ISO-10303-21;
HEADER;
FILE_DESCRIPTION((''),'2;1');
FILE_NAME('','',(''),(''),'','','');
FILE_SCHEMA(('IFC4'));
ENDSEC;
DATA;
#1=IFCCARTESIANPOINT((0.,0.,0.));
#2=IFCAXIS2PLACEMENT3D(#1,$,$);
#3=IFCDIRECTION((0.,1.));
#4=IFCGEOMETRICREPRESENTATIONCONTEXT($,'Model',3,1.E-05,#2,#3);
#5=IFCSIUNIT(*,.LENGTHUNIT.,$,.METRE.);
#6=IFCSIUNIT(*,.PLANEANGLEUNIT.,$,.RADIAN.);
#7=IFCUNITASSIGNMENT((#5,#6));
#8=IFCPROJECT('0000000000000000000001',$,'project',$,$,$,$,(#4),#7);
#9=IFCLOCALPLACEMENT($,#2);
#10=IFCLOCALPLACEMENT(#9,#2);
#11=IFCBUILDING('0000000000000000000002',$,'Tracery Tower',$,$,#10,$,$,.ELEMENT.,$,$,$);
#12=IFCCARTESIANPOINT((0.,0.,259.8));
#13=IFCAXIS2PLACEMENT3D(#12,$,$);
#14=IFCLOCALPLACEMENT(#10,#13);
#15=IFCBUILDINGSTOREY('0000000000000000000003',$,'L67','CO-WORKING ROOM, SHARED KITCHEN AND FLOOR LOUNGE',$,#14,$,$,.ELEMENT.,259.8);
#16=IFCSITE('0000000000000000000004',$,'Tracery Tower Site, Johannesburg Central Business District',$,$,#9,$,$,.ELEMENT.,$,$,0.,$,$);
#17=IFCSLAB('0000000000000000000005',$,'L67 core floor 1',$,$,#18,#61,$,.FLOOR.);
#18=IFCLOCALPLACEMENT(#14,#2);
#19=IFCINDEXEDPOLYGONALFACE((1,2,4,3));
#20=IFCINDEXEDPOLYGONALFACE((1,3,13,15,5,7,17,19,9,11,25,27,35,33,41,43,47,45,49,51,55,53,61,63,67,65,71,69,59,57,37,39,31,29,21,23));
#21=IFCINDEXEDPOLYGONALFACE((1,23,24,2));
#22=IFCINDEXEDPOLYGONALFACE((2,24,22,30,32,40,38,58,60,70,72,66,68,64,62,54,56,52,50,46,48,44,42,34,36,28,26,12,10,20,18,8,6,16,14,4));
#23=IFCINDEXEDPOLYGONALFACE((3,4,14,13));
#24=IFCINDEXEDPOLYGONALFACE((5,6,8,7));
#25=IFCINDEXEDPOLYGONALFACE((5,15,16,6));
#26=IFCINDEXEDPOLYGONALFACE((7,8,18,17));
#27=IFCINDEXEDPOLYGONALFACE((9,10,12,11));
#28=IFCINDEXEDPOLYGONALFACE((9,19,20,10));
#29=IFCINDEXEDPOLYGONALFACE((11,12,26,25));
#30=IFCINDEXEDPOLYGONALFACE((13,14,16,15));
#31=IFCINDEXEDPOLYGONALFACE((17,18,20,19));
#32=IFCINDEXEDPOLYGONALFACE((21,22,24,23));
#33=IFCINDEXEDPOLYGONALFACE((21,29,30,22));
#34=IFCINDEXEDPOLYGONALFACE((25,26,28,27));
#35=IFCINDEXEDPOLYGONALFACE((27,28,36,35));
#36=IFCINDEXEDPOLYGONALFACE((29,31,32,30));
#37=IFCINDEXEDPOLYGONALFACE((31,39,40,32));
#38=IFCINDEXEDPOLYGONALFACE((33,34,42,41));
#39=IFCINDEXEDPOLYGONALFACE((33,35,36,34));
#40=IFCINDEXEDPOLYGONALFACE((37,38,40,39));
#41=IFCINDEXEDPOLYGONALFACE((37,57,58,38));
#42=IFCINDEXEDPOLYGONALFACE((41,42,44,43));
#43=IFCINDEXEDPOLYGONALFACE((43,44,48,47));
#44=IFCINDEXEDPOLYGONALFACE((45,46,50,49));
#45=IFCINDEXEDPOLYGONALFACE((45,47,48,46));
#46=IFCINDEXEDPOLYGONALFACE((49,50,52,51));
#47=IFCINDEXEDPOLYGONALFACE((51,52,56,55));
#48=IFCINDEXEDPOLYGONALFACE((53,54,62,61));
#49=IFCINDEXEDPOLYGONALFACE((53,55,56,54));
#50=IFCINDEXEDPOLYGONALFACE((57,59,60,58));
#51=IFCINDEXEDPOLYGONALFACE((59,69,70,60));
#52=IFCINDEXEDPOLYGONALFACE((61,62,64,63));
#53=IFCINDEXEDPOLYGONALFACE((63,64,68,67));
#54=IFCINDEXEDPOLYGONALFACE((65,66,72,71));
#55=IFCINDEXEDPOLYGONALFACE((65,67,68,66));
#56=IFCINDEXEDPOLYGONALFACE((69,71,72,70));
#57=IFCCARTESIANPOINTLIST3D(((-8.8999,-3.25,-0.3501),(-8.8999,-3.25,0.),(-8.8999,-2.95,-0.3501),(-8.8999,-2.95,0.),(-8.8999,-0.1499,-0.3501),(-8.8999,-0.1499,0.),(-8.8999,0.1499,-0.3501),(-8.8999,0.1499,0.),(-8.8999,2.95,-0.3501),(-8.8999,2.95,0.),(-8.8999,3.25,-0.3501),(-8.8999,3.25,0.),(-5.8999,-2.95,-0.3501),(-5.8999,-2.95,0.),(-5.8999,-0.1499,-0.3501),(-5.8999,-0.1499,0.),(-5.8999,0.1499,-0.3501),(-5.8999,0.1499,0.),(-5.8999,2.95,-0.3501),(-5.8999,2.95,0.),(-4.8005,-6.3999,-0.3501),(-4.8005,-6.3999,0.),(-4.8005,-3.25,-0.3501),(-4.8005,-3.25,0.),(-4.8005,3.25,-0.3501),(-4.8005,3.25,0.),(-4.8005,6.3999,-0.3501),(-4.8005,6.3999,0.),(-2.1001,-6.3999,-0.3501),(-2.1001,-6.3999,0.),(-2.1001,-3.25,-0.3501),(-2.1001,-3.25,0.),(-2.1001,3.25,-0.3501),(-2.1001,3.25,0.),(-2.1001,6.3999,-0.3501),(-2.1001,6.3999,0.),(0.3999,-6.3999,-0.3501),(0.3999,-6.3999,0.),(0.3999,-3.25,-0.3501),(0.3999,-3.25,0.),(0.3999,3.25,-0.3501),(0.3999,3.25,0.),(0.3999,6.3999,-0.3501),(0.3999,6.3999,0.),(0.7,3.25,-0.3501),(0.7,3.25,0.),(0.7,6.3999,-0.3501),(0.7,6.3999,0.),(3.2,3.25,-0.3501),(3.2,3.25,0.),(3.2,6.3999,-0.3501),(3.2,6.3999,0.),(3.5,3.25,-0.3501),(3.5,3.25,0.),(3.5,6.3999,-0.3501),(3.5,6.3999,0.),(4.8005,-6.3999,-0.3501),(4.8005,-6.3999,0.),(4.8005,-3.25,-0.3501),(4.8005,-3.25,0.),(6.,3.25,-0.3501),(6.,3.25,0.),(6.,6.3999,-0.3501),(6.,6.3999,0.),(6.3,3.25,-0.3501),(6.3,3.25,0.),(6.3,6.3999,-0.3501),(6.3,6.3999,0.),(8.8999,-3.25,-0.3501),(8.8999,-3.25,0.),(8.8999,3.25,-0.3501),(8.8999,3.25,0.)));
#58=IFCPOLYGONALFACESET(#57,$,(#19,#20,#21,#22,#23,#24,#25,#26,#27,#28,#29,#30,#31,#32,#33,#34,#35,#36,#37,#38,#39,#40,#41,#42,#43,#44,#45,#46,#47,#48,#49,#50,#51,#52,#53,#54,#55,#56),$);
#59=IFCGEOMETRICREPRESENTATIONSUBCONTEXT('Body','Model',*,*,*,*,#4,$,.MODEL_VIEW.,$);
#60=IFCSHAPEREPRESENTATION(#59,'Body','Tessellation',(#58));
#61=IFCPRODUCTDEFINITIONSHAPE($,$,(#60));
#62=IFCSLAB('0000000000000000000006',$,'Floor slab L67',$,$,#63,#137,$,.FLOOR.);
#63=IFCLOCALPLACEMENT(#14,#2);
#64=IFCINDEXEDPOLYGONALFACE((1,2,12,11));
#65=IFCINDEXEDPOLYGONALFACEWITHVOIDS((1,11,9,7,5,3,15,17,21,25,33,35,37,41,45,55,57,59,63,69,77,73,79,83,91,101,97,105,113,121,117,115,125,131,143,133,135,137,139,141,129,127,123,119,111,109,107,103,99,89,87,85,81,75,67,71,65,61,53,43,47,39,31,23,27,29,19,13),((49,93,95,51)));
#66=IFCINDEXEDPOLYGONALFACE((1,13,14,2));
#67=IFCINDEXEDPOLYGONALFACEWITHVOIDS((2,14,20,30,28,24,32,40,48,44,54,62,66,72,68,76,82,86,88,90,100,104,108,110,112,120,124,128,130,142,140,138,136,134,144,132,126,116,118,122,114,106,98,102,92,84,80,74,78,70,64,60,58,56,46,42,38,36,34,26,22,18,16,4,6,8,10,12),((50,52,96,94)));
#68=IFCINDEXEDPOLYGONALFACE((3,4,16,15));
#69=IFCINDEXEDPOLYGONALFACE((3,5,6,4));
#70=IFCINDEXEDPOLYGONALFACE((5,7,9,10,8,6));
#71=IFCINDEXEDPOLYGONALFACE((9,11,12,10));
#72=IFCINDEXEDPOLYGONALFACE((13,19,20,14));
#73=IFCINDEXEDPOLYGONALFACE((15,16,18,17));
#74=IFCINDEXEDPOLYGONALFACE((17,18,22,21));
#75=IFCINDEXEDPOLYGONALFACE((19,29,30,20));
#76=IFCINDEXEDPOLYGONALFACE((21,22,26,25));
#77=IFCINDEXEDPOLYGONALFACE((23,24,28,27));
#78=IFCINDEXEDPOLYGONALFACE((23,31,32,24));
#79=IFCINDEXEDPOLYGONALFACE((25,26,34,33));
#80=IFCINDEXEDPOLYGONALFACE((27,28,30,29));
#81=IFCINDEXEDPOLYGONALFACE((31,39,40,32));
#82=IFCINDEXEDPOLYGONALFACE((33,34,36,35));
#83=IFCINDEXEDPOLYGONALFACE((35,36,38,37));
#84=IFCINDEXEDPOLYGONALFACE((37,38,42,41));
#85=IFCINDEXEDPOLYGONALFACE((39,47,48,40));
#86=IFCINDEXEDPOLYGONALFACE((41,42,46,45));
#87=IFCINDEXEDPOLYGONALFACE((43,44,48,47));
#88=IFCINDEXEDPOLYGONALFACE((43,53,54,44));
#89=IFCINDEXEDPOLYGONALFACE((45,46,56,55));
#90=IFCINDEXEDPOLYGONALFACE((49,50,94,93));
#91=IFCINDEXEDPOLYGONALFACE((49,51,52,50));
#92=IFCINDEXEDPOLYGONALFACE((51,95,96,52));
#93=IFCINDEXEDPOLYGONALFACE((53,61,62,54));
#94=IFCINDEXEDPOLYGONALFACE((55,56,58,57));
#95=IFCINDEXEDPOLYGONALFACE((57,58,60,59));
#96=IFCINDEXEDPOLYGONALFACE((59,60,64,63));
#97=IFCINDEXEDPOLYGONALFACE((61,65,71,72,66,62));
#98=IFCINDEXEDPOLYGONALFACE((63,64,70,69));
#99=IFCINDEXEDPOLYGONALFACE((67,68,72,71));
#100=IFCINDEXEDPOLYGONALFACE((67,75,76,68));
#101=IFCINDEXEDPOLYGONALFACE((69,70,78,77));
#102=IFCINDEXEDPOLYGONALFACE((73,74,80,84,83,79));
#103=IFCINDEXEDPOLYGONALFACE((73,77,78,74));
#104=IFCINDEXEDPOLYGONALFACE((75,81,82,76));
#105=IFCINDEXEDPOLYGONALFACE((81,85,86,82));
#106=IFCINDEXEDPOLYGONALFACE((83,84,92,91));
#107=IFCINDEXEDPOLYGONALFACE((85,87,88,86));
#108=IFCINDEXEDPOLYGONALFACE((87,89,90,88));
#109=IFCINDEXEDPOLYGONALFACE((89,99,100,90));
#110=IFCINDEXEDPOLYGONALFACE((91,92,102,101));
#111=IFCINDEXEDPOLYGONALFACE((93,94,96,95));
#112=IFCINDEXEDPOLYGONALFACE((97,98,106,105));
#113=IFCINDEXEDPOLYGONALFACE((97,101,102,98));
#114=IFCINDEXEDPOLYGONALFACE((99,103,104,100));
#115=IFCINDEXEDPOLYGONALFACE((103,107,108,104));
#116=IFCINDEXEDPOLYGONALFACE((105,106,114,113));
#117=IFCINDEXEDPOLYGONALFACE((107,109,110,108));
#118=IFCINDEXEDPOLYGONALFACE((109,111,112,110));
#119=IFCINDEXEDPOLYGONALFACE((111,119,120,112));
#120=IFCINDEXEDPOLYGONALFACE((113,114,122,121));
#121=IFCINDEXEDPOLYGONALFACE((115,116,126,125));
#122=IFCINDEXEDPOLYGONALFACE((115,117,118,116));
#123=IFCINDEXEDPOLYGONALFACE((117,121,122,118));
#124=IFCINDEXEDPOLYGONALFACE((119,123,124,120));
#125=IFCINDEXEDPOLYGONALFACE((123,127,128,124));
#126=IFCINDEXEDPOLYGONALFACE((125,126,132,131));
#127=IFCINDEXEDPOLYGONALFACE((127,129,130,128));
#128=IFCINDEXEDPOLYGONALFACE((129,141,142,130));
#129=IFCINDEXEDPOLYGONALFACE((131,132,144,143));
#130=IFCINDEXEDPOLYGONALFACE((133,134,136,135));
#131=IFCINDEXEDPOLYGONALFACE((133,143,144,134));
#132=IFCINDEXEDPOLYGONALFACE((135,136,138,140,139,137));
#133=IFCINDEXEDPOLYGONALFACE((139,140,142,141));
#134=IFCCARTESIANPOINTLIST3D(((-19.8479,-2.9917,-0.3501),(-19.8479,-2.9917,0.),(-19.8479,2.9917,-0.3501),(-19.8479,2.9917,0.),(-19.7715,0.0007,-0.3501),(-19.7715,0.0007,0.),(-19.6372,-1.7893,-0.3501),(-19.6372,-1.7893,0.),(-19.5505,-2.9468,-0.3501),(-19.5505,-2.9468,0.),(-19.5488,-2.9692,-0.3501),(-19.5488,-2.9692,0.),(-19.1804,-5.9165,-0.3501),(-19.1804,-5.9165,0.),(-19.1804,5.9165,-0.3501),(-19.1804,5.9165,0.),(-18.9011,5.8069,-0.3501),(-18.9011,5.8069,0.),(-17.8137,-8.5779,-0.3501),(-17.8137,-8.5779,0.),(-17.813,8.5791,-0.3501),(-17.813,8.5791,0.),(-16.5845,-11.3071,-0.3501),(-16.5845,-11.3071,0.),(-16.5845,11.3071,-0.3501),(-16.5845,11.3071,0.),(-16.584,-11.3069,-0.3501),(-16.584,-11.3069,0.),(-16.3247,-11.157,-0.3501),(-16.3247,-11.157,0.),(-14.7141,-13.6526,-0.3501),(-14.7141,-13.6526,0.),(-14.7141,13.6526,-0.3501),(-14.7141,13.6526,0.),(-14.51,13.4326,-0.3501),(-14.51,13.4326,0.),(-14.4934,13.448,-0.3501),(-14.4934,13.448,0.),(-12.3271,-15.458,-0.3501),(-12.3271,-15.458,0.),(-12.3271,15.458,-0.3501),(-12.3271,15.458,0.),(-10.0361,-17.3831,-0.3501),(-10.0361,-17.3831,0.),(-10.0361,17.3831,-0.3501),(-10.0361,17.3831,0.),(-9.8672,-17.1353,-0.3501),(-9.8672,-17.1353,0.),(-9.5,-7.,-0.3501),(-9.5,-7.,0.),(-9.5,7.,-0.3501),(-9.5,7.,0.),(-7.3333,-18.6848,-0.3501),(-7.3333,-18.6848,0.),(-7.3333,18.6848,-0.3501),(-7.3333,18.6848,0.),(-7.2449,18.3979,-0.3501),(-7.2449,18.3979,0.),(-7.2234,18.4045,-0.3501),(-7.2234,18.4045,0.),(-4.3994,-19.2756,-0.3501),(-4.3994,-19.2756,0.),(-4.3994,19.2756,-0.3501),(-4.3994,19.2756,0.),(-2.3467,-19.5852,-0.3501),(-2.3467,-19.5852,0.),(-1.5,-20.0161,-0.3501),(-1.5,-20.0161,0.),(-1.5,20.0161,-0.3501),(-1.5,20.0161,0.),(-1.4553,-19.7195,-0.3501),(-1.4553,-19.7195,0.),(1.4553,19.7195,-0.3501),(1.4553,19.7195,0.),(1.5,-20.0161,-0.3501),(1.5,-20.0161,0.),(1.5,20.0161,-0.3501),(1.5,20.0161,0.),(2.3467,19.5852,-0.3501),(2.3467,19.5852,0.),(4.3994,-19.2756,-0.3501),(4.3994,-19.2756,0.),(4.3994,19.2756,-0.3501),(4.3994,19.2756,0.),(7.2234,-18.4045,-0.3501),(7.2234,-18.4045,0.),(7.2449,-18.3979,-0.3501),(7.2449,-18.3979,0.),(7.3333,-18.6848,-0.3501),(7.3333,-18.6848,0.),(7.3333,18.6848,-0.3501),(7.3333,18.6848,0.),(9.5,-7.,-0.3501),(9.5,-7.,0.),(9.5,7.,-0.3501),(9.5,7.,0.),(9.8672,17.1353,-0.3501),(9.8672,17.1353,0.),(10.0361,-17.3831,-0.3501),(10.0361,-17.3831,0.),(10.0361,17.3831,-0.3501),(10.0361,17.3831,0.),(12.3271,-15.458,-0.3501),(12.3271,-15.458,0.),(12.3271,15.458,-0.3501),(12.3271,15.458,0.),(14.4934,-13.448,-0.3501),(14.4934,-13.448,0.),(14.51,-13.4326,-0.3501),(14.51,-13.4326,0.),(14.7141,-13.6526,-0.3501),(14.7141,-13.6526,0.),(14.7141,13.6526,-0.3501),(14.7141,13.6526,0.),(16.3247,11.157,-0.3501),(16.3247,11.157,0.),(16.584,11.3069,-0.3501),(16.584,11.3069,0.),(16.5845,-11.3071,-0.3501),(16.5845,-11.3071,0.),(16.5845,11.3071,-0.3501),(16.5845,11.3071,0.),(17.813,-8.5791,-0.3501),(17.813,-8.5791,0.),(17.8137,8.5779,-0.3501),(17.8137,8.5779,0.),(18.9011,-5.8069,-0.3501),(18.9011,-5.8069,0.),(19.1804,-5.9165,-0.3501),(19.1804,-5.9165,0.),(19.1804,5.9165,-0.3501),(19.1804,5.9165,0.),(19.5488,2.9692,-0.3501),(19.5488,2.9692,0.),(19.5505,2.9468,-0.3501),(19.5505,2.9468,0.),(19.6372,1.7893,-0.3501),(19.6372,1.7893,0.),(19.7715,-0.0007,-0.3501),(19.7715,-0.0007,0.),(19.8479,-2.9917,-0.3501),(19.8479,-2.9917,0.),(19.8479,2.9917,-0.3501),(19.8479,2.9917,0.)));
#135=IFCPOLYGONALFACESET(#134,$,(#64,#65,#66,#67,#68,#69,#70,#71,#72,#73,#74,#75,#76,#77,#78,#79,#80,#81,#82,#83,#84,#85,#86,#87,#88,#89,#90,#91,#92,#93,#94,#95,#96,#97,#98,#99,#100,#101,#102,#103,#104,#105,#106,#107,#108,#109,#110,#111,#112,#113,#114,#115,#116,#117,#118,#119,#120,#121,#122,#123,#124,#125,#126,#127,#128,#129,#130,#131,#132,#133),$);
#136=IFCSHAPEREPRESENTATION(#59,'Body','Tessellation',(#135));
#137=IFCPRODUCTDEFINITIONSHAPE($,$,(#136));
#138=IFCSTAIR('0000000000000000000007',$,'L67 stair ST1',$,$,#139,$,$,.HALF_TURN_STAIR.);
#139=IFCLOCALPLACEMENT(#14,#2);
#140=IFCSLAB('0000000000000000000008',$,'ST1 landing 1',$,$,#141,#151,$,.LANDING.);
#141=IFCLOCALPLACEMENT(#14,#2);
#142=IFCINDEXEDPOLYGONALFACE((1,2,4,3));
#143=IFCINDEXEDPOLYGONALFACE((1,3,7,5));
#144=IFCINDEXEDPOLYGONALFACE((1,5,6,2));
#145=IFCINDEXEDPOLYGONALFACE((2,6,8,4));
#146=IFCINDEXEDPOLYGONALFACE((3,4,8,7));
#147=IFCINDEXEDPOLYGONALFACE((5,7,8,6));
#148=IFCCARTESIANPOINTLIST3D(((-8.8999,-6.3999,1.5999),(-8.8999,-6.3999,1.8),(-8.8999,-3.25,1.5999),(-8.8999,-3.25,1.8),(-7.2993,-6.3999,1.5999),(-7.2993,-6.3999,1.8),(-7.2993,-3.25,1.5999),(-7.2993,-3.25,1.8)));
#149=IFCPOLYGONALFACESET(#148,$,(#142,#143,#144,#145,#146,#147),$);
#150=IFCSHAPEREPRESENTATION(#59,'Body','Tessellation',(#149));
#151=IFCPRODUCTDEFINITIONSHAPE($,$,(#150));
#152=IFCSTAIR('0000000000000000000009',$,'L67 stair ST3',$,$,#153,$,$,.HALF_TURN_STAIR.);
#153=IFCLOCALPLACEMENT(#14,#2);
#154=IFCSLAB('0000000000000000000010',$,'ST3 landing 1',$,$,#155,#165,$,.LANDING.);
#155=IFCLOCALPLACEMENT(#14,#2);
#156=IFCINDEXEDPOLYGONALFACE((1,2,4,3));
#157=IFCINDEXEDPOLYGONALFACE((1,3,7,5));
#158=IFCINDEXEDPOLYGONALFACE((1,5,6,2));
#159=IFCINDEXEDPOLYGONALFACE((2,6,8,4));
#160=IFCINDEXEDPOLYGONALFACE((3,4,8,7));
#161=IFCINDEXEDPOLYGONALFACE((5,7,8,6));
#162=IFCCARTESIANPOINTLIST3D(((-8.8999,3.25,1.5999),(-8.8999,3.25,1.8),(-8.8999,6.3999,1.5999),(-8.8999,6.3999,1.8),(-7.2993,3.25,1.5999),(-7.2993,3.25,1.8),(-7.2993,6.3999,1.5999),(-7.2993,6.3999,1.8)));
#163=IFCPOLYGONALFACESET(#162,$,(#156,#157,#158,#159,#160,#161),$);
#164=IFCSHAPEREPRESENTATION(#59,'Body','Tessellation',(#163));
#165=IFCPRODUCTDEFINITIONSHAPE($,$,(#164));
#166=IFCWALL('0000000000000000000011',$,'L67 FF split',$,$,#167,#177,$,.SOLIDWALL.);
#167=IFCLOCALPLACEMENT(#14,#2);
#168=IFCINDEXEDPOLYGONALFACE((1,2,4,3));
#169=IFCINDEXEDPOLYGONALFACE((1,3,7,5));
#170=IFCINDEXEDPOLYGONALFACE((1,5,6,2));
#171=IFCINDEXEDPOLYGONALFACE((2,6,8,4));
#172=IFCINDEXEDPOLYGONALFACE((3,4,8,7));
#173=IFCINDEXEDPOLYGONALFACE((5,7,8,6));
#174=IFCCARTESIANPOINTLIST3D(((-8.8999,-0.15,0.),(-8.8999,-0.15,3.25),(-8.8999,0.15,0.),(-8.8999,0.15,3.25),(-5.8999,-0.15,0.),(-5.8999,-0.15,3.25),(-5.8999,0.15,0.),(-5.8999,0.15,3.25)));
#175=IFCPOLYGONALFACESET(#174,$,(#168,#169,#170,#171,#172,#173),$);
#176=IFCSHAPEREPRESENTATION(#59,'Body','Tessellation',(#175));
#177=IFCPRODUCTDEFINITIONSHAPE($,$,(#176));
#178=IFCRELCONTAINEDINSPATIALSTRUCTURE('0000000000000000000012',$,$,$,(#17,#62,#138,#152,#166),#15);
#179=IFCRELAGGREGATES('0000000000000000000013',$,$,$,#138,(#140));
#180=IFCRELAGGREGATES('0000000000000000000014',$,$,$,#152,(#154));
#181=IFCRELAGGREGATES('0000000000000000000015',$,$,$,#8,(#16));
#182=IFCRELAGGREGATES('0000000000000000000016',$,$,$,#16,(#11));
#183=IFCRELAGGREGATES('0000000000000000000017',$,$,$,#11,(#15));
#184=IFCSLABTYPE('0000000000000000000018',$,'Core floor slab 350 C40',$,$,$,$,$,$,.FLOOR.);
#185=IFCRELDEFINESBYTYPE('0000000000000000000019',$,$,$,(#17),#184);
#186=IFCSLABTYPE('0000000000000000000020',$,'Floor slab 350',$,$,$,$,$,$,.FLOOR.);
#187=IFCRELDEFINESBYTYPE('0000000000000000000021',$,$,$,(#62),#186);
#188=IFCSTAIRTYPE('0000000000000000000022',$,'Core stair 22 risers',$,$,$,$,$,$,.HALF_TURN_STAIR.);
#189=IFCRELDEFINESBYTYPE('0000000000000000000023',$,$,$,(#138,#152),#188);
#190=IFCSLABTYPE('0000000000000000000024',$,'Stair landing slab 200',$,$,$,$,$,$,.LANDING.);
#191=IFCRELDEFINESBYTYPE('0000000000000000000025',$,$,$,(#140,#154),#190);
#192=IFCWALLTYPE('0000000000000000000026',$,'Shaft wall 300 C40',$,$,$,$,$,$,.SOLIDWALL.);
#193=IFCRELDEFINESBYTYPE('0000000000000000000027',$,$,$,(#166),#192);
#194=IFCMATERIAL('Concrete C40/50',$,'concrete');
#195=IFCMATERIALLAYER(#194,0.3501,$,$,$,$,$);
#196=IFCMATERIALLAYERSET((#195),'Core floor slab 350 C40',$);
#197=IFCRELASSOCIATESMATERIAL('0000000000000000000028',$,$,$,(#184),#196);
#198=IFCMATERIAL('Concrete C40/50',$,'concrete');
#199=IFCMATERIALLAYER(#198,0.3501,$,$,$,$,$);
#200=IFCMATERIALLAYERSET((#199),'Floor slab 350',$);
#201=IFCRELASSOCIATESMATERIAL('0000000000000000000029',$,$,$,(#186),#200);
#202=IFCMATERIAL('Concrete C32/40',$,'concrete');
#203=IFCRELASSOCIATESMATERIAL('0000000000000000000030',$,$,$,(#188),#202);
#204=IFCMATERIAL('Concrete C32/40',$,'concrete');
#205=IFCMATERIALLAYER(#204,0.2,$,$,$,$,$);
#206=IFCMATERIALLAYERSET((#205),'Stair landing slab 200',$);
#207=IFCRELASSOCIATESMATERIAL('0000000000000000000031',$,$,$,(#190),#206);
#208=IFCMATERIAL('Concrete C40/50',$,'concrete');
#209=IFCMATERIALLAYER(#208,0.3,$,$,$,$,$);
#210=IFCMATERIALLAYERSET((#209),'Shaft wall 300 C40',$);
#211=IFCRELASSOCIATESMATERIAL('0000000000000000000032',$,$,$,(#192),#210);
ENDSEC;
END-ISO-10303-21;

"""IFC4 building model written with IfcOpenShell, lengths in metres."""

from ifc_helpers import new_model, si_unit, direction, frame, frame_2d, origin, place, context, subcontext, project, spatial, polyline, rectangle, outline, extrude, material, layer, layer_set, type_object, element, aggregate, save


model = new_model("IFC4")

# Units and contexts
model_context = context("Model", 3, precision=1e-05, world=origin(), true_north=direction((0.0, 1.0)))
body_context = subcontext(model_context, "Body", "Model", "MODEL_VIEW")
ifc_project = project(units=[si_unit("LENGTHUNIT", "METRE"), si_unit("PLANEANGLEUNIT", "RADIAN")], contexts=[model_context])

# Site, building, storey
site_placement = place(None, origin())
site = spatial("IfcSite", under=ifc_project, at=site_placement, Name="Tracery Tower Site, Johannesburg Central Business District", CompositionType="ELEMENT", RefElevation=0.0)
building_placement = place(site_placement, origin())
building = spatial("IfcBuilding", under=site, at=building_placement, Name="Tracery Tower", CompositionType="ELEMENT")
storey_placement = place(building_placement, frame((0.0, 0.0, 259.8)))
storey = spatial("IfcBuildingStorey", under=building, at=storey_placement, Name="L67", Description="CO-WORKING ROOM, SHARED KITCHEN AND FLOOR LOUNGE", CompositionType="ELEMENT", Elevation=259.8)

# Slabs
ifc_material_1 = material(Name="Concrete C40/50", Category="concrete")
ifc_layer_1 = layer(ifc_material_1, 0.3501)
ifc_layer_set_1 = layer_set([ifc_layer_1], Name="Core floor slab 350 C40")
slab_type_1 = type_object("IfcSlabType", Name="Core floor slab 350 C40", PredefinedType="FLOOR", material=ifc_layer_set_1)
slab_1_placement = place(storey_placement, frame((0.0, 0.0, -0.3501)))
element("IfcSlab", 1, at=slab_1_placement, inside=storey, type_object=slab_type_1, Name="L67 core floor 1", PredefinedType="FLOOR", context=body_context, shape_type="SweptSolid", body=[
    extrude(outline(polyline([(-4.8005, -3.25), (-8.8999, -3.25), (-8.8999, -2.95), (-5.8999, -2.95), (-5.8999, -0.1499), (-8.8999, -0.1499), (-8.8999, 0.1499), (-5.8999, 0.1499), (-5.8999, 2.95), (-8.8999, 2.95), (-8.8999, 3.25), (-4.8005, 3.25), (-4.8005, 6.3999), (-2.1001, 6.3999), (-2.1001, 3.25), (0.3999, 3.25), (0.3999, 6.3999), (0.7, 6.3999), (0.7, 3.25), (3.2, 3.25), (3.2, 6.3999), (3.5, 6.3999), (3.5, 3.25), (6.0, 3.25), (6.0, 6.3999), (6.3, 6.3999), (6.3, 3.25), (8.8999, 3.25), (8.8999, -3.25), (4.8005, -3.25), (4.8005, -6.3999), (0.3999, -6.3999), (0.3999, -3.25), (-2.1001, -3.25), (-2.1001, -6.3999), (-4.8005, -6.3999), (-4.8005, -3.25)])), origin(), (0.0, 0.0, 1.0), 0.3501),
])
ifc_material_2 = material(Name="Concrete C40/50", Category="concrete")
ifc_layer_2 = layer(ifc_material_2, 0.3501)
ifc_layer_set_2 = layer_set([ifc_layer_2], Name="Floor slab 350")
slab_type_2 = type_object("IfcSlabType", Name="Floor slab 350", PredefinedType="FLOOR", material=ifc_layer_set_2)
slab_2_placement = place(storey_placement, frame((0.0, 0.0, -0.3501)))
element("IfcSlab", 2, at=slab_2_placement, inside=storey, type_object=slab_type_2, Name="Floor slab L67", PredefinedType="FLOOR", context=body_context, shape_type="SweptSolid", body=[
    extrude(outline(polyline([(19.5505, 2.9468), (19.5488, 2.9692), (19.8479, 2.9917), (19.1804, 5.9165), (17.8137, 8.5779), (16.3247, 11.157), (16.584, 11.3069), (16.5845, 11.3071), (14.7141, 13.6526), (12.3271, 15.458), (9.8672, 17.1353), (10.0361, 17.3831), (7.3333, 18.6848), (4.3994, 19.2756), (2.3467, 19.5852), (1.4553, 19.7195), (1.5, 20.0161), (1.5, 20.0161), (-1.5, 20.0161), (-4.3994, 19.2756), (-7.2234, 18.4045), (-7.2234, 18.4045), (-7.2449, 18.3979), (-7.3333, 18.6848), (-10.0361, 17.3831), (-12.3271, 15.458), (-14.4934, 13.448), (-14.4934, 13.448), (-14.51, 13.4326), (-14.7141, 13.6526), (-14.7141, 13.6526), (-16.5845, 11.3071), (-17.813, 8.5791), (-18.9011, 5.8069), (-19.1804, 5.9165), (-19.8479, 2.9917), (-19.7715, 0.0007), (-19.6372, -1.7893), (-19.5505, -2.9468), (-19.5505, -2.9468), (-19.5488, -2.9692), (-19.8479, -2.9917), (-19.1804, -5.9165), (-17.8137, -8.5779), (-16.3247, -11.157), (-16.584, -11.3069), (-16.5845, -11.3071), (-14.7141, -13.6526), (-12.3271, -15.458), (-9.8672, -17.1353), (-10.0361, -17.3831), (-7.3333, -18.6848), (-4.3994, -19.2756), (-2.3467, -19.5852), (-1.4553, -19.7195), (-1.5, -20.0161), (-1.5, -20.0161), (1.5, -20.0161), (4.3994, -19.2756), (7.2234, -18.4045), (7.2234, -18.4045), (7.2449, -18.3979), (7.3333, -18.6848), (10.0361, -17.3831), (12.3271, -15.458), (14.4934, -13.448), (14.4934, -13.448), (14.51, -13.4326), (14.7141, -13.6526), (14.7141, -13.6526), (16.5845, -11.3071), (17.813, -8.5791), (18.9011, -5.8069), (19.1804, -5.9165), (19.8479, -2.9917), (19.7715, -0.0007), (19.6372, 1.7893), (19.5505, 2.9468), (19.5505, 2.9468)]), holes=[polyline([(-9.5, -7.0), (9.5, -7.0), (9.5, 7.0), (-9.5, 7.0), (-9.5, -7.0)])]), origin(), (0.0, 0.0, 1.0), 0.3501),
])

# Stairs, slabs
ifc_material_3 = material(Name="Concrete C32/40", Category="concrete")
stair_type = type_object("IfcStairType", Name="Core stair 22 risers", PredefinedType="HALF_TURN_STAIR", material=ifc_material_3)
stair_1_placement = place(storey_placement, origin())
stair_1 = element("IfcStair", 3, at=stair_1_placement, inside=storey, type_object=stair_type, Name="L67 stair ST1", PredefinedType="HALF_TURN_STAIR")
ifc_material_4 = material(Name="Concrete C32/40", Category="concrete")
ifc_layer_3 = layer(ifc_material_4, 0.2)
ifc_layer_set_3 = layer_set([ifc_layer_3], Name="Stair landing slab 200")
slab_type_3 = type_object("IfcSlabType", Name="Stair landing slab 200", PredefinedType="LANDING", material=ifc_layer_set_3)
slab_3_placement = place(storey_placement, frame((0.0, 0.0, 1.5999)))
slab_3 = element("IfcSlab", 4, at=slab_3_placement, type_object=slab_type_3, Name="ST1 landing 1", PredefinedType="LANDING", context=body_context, shape_type="SweptSolid", body=[
    extrude(outline(polyline([(-7.2993, -3.25), (-8.8999, -3.25), (-8.8999, -6.3999), (-7.2993, -6.3999), (-7.2993, -3.25)])), origin(), (0.0, 0.0, 1.0), 0.2002),
])
aggregate(stair_1, [slab_3])
stair_2_placement = place(storey_placement, origin())
stair_2 = element("IfcStair", 5, at=stair_2_placement, inside=storey, type_object=stair_type, Name="L67 stair ST3", PredefinedType="HALF_TURN_STAIR")
slab_4_placement = place(storey_placement, frame((0.0, 0.0, 1.5999)))
slab_4 = element("IfcSlab", 6, at=slab_4_placement, type_object=slab_type_3, Name="ST3 landing 1", PredefinedType="LANDING", context=body_context, shape_type="SweptSolid", body=[
    extrude(outline(polyline([(-7.2993, 6.3999), (-8.8999, 6.3999), (-8.8999, 3.25), (-7.2993, 3.25), (-7.2993, 6.3999)])), origin(), (0.0, 0.0, 1.0), 0.2002),
])

# Wall
ifc_material_5 = material(Name="Concrete C40/50", Category="concrete")
ifc_layer_4 = layer(ifc_material_5, 0.3)
ifc_layer_set_4 = layer_set([ifc_layer_4], Name="Shaft wall 300 C40")
wall_type_1 = type_object("IfcWallType", Name="Shaft wall 300 C40", PredefinedType="SOLIDWALL", material=ifc_layer_set_4)
wall_1_placement = place(storey_placement, frame((-8.8999, 0.0, 0.0), z_axis=(0.0, 0.0, 1.0), x_axis=(1.0, 0.0, 0.0)))
element("IfcWall", 7, at=wall_1_placement, inside=storey, type_object=wall_type_1, Name="L67 FF split", PredefinedType="SOLIDWALL", context=body_context, shape_type="SweptSolid", body=[
    extrude(rectangle(XDim=3.0, YDim=0.3, at=frame_2d((1.5, 0.0))), origin(), (0.0, 0.0, 1.0), 3.25),
])

aggregate(stair_2, [slab_4])

save(model, "model.ifc")
